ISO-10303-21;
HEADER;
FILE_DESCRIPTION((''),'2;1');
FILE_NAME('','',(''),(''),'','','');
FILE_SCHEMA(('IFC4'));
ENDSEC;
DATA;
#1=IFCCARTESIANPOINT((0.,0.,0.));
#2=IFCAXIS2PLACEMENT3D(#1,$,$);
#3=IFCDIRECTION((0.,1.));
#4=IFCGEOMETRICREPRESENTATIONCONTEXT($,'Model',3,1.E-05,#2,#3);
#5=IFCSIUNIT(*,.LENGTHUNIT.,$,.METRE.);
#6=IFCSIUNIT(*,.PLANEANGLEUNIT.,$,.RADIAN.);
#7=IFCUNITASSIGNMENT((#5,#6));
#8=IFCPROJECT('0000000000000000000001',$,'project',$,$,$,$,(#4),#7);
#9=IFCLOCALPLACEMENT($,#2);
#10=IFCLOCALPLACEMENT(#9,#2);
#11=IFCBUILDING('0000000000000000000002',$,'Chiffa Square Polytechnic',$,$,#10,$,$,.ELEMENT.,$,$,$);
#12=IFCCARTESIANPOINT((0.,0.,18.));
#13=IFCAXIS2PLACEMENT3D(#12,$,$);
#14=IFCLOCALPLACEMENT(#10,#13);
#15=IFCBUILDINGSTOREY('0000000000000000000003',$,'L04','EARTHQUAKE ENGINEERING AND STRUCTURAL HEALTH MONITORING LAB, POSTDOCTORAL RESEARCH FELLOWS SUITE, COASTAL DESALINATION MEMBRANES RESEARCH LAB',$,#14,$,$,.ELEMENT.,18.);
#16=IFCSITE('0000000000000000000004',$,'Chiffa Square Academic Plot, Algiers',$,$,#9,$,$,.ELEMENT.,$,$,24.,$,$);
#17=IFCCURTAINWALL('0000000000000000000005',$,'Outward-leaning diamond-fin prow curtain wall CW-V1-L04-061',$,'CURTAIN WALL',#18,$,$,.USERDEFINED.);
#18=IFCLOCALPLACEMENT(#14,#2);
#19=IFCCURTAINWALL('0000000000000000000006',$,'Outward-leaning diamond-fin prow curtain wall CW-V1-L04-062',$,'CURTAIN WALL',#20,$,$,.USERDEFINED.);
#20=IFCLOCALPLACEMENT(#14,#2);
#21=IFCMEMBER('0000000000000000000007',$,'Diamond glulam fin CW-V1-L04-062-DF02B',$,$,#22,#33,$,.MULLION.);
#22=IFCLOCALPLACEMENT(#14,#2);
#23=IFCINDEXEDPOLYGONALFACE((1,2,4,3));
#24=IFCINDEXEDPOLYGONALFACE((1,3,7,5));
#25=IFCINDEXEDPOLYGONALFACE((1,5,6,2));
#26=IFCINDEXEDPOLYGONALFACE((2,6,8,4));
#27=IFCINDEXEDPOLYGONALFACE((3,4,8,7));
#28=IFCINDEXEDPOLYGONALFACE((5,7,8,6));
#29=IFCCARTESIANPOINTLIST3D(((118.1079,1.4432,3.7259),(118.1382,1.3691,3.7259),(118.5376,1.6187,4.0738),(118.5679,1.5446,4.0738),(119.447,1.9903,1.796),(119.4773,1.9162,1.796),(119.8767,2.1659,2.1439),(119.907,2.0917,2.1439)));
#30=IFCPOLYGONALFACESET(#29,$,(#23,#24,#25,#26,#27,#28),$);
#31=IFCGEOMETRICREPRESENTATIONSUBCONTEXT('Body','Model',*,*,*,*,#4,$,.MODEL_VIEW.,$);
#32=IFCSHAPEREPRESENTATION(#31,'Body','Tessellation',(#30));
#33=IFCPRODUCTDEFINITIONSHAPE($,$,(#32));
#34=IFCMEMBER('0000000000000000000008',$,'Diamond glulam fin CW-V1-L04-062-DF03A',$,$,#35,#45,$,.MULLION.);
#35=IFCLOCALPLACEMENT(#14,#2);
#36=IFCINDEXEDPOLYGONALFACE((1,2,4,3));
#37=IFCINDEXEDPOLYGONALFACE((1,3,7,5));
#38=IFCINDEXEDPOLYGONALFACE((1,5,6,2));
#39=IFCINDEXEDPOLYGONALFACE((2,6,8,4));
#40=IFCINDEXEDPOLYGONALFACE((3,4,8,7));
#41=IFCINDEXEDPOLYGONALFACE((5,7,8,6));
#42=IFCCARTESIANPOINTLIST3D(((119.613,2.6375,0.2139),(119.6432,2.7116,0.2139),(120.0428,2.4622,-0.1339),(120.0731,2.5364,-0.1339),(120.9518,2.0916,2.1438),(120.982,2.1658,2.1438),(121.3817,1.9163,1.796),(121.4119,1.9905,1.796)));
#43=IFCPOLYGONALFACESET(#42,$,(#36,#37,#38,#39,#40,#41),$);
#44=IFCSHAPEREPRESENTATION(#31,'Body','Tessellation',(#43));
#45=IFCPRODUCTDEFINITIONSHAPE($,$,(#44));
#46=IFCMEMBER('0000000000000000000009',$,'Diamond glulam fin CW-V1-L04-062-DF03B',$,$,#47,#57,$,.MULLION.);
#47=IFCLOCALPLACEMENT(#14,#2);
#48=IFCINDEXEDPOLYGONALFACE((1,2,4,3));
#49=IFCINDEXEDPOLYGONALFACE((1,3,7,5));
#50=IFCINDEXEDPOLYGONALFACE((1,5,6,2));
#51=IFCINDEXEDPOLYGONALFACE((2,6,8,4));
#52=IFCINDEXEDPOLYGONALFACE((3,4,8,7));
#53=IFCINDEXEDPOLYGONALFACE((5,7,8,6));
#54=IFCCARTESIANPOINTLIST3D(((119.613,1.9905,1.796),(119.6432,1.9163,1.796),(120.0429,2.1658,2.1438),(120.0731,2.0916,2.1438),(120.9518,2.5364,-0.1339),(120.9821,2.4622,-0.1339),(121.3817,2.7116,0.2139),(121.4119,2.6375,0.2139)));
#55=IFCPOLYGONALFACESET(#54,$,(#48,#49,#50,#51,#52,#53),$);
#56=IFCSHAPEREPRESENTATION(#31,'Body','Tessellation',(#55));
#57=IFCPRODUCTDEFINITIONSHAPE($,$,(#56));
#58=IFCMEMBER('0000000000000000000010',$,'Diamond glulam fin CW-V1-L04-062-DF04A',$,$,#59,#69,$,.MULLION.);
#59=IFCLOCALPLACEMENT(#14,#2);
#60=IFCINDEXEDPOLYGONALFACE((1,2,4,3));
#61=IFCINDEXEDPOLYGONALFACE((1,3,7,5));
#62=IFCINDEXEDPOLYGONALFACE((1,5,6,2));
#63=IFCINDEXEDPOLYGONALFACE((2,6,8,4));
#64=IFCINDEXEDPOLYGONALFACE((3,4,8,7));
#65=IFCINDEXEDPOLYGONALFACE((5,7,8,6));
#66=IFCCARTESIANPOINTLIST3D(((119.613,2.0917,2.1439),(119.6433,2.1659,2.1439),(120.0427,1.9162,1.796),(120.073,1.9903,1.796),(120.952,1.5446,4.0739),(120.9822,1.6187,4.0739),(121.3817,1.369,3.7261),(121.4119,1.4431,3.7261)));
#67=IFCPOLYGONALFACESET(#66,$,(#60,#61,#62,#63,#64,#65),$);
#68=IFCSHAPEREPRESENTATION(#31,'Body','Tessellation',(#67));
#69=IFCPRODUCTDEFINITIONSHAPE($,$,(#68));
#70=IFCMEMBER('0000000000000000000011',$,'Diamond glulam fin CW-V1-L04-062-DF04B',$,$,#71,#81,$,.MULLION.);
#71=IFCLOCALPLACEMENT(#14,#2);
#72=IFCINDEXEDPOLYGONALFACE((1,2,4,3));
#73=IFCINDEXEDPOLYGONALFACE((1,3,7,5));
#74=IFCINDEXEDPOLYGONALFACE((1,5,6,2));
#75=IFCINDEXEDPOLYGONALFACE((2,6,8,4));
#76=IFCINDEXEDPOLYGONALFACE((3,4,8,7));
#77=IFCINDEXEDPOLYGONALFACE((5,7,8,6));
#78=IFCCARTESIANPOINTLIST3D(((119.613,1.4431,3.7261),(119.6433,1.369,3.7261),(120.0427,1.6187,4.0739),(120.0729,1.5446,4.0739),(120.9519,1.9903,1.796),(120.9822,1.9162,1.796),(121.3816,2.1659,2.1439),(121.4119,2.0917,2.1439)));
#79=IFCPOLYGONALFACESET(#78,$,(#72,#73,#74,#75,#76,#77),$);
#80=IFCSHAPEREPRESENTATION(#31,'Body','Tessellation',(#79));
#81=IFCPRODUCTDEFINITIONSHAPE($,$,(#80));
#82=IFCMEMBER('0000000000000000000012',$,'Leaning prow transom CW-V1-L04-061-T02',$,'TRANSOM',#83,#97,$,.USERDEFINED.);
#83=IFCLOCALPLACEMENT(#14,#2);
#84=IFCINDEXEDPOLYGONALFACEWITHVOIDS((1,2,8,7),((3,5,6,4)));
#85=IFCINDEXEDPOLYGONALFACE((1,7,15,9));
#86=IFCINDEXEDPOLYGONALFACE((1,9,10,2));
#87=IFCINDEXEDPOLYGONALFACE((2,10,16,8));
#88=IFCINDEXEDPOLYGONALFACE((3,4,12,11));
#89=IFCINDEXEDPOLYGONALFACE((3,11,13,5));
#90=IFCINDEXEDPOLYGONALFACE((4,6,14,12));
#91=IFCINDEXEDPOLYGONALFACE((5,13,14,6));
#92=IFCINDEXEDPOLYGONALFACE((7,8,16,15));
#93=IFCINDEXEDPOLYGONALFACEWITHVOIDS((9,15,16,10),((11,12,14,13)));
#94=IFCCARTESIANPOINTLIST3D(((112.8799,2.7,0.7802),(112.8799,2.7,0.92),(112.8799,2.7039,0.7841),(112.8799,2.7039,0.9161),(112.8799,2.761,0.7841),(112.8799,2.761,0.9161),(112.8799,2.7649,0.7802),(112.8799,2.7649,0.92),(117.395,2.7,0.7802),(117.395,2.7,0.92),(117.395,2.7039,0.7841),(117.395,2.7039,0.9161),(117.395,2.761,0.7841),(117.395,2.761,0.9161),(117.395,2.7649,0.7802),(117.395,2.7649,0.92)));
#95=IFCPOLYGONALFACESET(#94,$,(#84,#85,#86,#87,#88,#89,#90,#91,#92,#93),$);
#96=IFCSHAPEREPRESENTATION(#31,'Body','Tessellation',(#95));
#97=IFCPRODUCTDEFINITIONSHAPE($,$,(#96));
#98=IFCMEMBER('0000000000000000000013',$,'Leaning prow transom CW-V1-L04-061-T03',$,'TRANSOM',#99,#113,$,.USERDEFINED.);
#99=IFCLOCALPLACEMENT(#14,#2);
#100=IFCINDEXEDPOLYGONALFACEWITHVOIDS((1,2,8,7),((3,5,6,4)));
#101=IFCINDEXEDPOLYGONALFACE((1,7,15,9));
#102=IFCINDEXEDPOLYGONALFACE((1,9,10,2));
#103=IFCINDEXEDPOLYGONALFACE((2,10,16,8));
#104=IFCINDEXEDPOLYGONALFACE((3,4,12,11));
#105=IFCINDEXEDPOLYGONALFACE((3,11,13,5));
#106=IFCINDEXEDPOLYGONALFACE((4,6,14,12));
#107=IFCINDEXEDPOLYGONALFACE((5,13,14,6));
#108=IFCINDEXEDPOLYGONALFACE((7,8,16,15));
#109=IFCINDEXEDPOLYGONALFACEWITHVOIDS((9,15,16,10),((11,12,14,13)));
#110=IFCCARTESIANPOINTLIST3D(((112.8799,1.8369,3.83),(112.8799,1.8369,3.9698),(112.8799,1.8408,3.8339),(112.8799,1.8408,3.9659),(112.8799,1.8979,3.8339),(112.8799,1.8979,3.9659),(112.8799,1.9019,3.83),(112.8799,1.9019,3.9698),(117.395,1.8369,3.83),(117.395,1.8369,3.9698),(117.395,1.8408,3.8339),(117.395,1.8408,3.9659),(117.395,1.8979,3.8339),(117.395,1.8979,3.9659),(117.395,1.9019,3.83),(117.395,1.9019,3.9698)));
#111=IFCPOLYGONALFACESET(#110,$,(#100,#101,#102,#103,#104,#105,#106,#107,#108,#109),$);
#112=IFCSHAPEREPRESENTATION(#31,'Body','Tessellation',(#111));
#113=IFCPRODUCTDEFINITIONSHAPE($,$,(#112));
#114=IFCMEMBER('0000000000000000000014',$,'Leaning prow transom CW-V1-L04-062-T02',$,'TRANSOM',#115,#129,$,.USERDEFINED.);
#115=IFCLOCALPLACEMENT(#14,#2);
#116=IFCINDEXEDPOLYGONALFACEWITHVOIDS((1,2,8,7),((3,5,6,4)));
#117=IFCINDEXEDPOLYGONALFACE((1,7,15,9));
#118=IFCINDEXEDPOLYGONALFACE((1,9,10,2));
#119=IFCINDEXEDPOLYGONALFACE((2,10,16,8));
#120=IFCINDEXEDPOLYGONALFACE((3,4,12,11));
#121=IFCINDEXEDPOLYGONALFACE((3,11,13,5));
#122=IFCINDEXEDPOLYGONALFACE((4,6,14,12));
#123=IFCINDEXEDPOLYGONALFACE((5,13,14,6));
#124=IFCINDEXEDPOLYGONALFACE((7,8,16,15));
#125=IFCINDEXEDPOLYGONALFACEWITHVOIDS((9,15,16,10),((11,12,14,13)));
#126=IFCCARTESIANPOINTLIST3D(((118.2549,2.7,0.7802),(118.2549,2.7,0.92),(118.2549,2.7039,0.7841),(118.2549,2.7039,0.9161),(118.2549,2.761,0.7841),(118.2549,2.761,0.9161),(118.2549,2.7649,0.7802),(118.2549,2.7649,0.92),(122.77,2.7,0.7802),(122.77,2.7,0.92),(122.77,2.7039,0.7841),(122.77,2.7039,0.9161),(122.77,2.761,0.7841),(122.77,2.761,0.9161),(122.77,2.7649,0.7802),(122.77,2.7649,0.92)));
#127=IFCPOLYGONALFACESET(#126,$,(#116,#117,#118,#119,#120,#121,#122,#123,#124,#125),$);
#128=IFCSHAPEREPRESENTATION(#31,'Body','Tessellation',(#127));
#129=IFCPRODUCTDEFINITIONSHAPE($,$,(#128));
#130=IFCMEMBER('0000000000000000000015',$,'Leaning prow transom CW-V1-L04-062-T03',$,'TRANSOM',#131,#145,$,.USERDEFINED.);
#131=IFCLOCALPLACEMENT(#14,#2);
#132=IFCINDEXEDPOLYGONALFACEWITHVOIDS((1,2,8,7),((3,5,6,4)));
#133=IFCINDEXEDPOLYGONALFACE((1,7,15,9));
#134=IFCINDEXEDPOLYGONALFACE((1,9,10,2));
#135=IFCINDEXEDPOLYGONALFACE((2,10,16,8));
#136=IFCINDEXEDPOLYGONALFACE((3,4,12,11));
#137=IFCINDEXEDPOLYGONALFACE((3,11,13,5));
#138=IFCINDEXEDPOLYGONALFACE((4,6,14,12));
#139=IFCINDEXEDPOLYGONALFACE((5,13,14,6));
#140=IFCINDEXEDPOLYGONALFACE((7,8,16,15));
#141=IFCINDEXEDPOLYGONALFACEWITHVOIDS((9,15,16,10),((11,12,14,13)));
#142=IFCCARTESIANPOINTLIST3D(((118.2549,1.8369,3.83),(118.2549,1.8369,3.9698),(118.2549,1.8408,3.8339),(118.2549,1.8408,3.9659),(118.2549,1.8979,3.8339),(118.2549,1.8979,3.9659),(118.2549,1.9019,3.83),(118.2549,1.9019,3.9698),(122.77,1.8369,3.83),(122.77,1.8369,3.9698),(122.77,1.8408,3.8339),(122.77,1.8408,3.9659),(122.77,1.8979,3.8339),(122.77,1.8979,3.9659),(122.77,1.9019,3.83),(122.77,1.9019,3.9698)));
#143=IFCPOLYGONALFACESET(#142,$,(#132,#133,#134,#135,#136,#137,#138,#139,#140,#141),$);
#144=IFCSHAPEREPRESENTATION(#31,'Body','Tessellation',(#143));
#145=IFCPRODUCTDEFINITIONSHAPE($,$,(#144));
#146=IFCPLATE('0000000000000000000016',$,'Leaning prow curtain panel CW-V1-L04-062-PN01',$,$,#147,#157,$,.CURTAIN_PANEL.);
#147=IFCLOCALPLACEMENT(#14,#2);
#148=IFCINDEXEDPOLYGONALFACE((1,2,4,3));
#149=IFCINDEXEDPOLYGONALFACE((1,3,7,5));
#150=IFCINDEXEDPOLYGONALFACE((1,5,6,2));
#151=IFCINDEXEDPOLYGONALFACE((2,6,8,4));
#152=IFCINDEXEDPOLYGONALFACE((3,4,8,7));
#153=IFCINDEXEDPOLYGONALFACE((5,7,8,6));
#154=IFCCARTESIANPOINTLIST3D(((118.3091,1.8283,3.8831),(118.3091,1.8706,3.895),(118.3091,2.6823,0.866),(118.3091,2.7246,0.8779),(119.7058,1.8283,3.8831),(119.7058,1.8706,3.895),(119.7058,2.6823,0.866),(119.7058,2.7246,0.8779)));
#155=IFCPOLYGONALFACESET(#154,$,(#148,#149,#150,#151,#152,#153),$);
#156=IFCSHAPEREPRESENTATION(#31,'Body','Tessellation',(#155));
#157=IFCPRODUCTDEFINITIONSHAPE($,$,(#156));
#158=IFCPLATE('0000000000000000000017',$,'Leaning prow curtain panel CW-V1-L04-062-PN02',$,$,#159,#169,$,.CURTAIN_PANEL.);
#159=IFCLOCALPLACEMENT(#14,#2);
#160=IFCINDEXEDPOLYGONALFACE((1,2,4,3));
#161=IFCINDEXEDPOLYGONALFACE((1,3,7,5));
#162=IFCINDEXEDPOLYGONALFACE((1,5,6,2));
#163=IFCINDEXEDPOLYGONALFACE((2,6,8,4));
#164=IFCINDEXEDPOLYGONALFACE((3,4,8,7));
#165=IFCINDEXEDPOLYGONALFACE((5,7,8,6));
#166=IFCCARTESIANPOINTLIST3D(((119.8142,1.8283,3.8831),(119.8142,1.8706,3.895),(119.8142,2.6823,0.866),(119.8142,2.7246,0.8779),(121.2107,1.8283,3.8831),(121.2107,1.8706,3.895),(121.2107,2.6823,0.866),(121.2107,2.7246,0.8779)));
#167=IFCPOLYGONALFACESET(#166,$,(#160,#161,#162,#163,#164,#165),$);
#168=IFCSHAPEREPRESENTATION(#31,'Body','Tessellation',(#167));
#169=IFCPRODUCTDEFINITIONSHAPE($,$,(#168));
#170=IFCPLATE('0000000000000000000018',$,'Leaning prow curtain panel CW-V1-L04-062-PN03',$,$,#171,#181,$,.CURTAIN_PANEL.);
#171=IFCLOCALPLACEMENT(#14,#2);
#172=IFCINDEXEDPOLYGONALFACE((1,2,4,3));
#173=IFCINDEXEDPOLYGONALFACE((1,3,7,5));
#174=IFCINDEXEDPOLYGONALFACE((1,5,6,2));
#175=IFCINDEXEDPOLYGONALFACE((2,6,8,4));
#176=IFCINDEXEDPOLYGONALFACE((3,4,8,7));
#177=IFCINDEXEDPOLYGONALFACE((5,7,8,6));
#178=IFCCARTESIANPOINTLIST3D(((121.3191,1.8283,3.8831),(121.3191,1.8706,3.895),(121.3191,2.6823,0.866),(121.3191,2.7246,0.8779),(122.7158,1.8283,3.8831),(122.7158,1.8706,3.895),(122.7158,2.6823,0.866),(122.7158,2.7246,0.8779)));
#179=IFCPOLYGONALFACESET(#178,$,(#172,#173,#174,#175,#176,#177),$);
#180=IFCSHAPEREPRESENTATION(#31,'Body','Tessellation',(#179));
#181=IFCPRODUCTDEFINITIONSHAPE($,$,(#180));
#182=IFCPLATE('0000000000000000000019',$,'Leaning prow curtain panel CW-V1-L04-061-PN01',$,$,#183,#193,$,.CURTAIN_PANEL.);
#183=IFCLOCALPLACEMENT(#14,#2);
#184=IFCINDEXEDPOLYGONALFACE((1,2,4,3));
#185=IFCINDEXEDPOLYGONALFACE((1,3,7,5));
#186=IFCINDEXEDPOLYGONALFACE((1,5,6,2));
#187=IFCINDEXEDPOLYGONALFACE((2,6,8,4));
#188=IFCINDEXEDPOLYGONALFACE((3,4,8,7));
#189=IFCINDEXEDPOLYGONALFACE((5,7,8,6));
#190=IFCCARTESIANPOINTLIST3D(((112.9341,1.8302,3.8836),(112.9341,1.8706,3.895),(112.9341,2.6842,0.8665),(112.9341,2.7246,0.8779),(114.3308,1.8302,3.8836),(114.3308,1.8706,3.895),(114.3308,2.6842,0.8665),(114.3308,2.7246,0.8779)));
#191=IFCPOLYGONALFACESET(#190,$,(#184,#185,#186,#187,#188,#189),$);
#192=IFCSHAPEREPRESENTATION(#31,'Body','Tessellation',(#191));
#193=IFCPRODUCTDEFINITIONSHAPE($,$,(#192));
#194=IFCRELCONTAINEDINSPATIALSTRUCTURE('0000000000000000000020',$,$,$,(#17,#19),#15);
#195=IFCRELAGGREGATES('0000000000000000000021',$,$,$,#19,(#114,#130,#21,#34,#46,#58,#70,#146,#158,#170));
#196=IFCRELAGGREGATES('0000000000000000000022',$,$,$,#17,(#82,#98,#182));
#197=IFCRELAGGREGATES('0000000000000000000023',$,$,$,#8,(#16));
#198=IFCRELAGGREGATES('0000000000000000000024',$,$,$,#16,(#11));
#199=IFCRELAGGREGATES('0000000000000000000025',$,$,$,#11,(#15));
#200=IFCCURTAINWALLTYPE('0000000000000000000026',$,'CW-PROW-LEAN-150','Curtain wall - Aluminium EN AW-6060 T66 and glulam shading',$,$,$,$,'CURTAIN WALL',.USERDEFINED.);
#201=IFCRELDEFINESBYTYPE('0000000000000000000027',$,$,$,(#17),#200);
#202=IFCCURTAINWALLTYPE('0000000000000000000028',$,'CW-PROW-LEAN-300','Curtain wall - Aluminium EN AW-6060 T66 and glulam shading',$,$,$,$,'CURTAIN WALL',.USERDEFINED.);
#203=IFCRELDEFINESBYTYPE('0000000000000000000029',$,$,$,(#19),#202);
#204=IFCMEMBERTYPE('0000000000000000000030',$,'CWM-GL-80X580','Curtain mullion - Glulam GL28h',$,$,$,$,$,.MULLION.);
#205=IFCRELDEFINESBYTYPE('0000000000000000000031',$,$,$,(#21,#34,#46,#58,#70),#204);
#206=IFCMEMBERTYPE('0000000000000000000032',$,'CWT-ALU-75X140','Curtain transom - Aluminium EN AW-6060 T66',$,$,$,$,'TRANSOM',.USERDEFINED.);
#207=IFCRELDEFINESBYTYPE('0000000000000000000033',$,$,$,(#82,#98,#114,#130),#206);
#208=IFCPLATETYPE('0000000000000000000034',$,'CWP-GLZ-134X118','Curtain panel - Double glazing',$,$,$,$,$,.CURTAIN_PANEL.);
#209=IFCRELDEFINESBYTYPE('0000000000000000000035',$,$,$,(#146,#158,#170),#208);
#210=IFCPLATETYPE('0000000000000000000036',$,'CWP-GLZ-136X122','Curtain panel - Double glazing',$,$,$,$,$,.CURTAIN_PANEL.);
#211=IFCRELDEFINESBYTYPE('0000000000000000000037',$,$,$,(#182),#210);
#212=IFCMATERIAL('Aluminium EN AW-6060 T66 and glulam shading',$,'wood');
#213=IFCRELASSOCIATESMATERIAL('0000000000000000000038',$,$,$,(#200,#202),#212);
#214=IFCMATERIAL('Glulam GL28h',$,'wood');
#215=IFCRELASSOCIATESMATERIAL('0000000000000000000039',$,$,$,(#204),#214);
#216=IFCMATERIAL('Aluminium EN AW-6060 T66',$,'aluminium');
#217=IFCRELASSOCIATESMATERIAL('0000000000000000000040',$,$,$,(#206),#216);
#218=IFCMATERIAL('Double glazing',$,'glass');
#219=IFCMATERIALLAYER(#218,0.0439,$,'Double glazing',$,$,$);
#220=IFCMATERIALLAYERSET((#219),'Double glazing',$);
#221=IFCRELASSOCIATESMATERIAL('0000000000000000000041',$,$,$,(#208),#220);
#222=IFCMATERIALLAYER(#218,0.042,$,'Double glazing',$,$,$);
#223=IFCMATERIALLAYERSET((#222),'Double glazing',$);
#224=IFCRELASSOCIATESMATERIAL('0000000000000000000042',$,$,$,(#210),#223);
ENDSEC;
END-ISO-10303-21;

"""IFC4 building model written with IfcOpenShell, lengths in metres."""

from ifc_helpers import new_model, si_unit, direction, frame, origin, origin_2d, place, context, subcontext, project, spatial, polyline, rectangle, hollow_rectangle, outline, extrude, material, layer, layer_set, material_profile, profile_set, type_object, element, aggregate, save


model = new_model("IFC4")

# Units and contexts
model_context = context("Model", 3, precision=1e-05, world=origin(), true_north=direction((0.0, 1.0)))
body_context = subcontext(model_context, "Body", "Model", "MODEL_VIEW")
ifc_project = project(units=[si_unit("LENGTHUNIT", "METRE"), si_unit("PLANEANGLEUNIT", "RADIAN")], contexts=[model_context])

# Site, building, storey
site_placement = place(None, origin())
site = spatial("IfcSite", under=ifc_project, at=site_placement, Name="Chiffa Square Academic Plot, Algiers", CompositionType="ELEMENT", RefElevation=24.0)
building_placement = place(site_placement, origin())
building = spatial("IfcBuilding", under=site, at=building_placement, Name="Chiffa Square Polytechnic", CompositionType="ELEMENT")
storey_placement = place(building_placement, frame((0.0, 0.0, 18.0)))
storey = spatial("IfcBuildingStorey", under=building, at=storey_placement, Name="L04", Description="EARTHQUAKE ENGINEERING AND STRUCTURAL HEALTH MONITORING LAB, POSTDOCTORAL RESEARCH FELLOWS SUITE, COASTAL DESALINATION MEMBRANES RESEARCH LAB", CompositionType="ELEMENT", Elevation=18.0)

# Curtain walls, members
ifc_material_1 = material(Name="Aluminium EN AW-6060 T66 and glulam shading", Category="wood")
curtain_wall_type_1 = type_object("IfcCurtainWallType", Name="CW-PROW-LEAN-150", Description="Curtain wall - Aluminium EN AW-6060 T66 and glulam shading", ElementType="CURTAIN WALL", PredefinedType="USERDEFINED", material=ifc_material_1)
curtain_wall_1_placement = place(storey_placement, origin())
curtain_wall_1 = element("IfcCurtainWall", 1, at=curtain_wall_1_placement, inside=storey, type_object=curtain_wall_type_1, Name="Outward-leaning diamond-fin prow curtain wall CW-V1-L04-061", ObjectType="CURTAIN WALL", PredefinedType="USERDEFINED")
ifc_material_2 = material(Name="Glulam GL28h", Category="wood")
ifc_material_profile_1 = material_profile(ifc_material_2, rectangle(XDim=0.0801, YDim=0.5801, at=origin_2d()), Name="GL28h 80x580")
ifc_profile_set_1 = profile_set([ifc_material_profile_1], Name="Glulam GL28h")
member_type_1 = type_object("IfcMemberType", Name="CWM-GL-80X580", Description="Curtain mullion - Glulam GL28h", PredefinedType="MULLION", material=ifc_profile_set_1)
curtain_wall_type_2 = type_object("IfcCurtainWallType", Name="CW-PROW-LEAN-300", Description="Curtain wall - Aluminium EN AW-6060 T66 and glulam shading", ElementType="CURTAIN WALL", PredefinedType="USERDEFINED", material=ifc_material_1)
curtain_wall_2_placement = place(storey_placement, origin())
curtain_wall_2 = element("IfcCurtainWall", 2, at=curtain_wall_2_placement, inside=storey, type_object=curtain_wall_type_2, Name="Outward-leaning diamond-fin prow curtain wall CW-V1-L04-062", ObjectType="CURTAIN WALL", PredefinedType="USERDEFINED")
member_1_placement = place(storey_placement, frame((119.677, 2.041, 1.97), z_axis=(-0.555213, -0.226843, 0.800175), x_axis=(0.378219, -0.925716, 0.0)))
member_1 = element("IfcMember", 3, at=member_1_placement, type_object=member_type_1, Name="Diamond glulam fin CW-V1-L04-062-DF02B", PredefinedType="MULLION", context=body_context, shape_type="SweptSolid", body=[
    extrude(rectangle(XDim=0.0801, YDim=0.5801, at=origin_2d()), origin(), (0.0, 0.0, 1.0), 2.4119),
])
member_2_placement = place(storey_placement, frame((119.843, 2.5869, 0.04), z_axis=(0.555207, -0.226375, 0.800312), x_axis=(0.377554, 0.925987, 0.0)))
member_2 = element("IfcMember", 4, at=member_2_placement, type_object=member_type_1, Name="Diamond glulam fin CW-V1-L04-062-DF03A", PredefinedType="MULLION", context=body_context, shape_type="SweptSolid", body=[
    extrude(rectangle(XDim=0.0801, YDim=0.5801, at=origin_2d()), origin(), (0.0, 0.0, 1.0), 2.4114),
])
member_3_placement = place(storey_placement, frame((121.1819, 2.5869, 0.04), z_axis=(-0.555207, -0.226375, 0.800312), x_axis=(0.377554, -0.925987, 0.0)))
member_3 = element("IfcMember", 5, at=member_3_placement, type_object=member_type_1, Name="Diamond glulam fin CW-V1-L04-062-DF03B", PredefinedType="MULLION", context=body_context, shape_type="SweptSolid", body=[
    extrude(rectangle(XDim=0.0801, YDim=0.5801, at=origin_2d()), origin(), (0.0, 0.0, 1.0), 2.4114),
])
member_4_placement = place(storey_placement, frame((119.843, 2.041, 1.97), z_axis=(0.555143, -0.226856, 0.80022), x_axis=(0.378278, 0.925692, 0.0)))
member_4 = element("IfcMember", 6, at=member_4_placement, type_object=member_type_1, Name="Diamond glulam fin CW-V1-L04-062-DF04A", PredefinedType="MULLION", context=body_context, shape_type="SweptSolid", body=[
    extrude(rectangle(XDim=0.0801, YDim=0.5801, at=origin_2d()), origin(), (0.0, 0.0, 1.0), 2.4119),
])
member_5_placement = place(storey_placement, frame((121.1819, 2.041, 1.97), z_axis=(-0.555143, -0.226856, 0.80022), x_axis=(0.378278, -0.925692, 0.0)))
member_5 = element("IfcMember", 7, at=member_5_placement, type_object=member_type_1, Name="Diamond glulam fin CW-V1-L04-062-DF04B", PredefinedType="MULLION", context=body_context, shape_type="SweptSolid", body=[
    extrude(rectangle(XDim=0.0801, YDim=0.5801, at=origin_2d()), origin(), (0.0, 0.0, 1.0), 2.4119),
])

# Members
ifc_material_3 = material(Name="Aluminium EN AW-6060 T66", Category="aluminium")
ifc_material_profile_2 = material_profile(ifc_material_3, hollow_rectangle(XDim=0.0649, YDim=0.1399, WallThickness=0.0039, at=origin_2d()), Name="ALU 65x140x4")
ifc_profile_set_2 = profile_set([ifc_material_profile_2], Name="Aluminium EN AW-6060 T66")
member_type_2 = type_object("IfcMemberType", Name="CWT-ALU-75X140", Description="Curtain transom - Aluminium EN AW-6060 T66", ElementType="TRANSOM", PredefinedType="USERDEFINED", material=ifc_profile_set_2)
member_6_placement = place(storey_placement, frame((112.8799, 2.7324, 0.8501), z_axis=(1.0, 0.0, 0.0), x_axis=(0.0, 1.0, 0.0)))
member_6 = element("IfcMember", 8, at=member_6_placement, type_object=member_type_2, Name="Leaning prow transom CW-V1-L04-061-T02", ObjectType="TRANSOM", PredefinedType="USERDEFINED", context=body_context, shape_type="SweptSolid", body=[
    extrude(hollow_rectangle(XDim=0.0649, YDim=0.1399, WallThickness=0.0039, at=origin_2d()), origin(), (0.0, 0.0, 1.0), 4.5151),
])
member_7_placement = place(storey_placement, frame((112.8799, 1.8694, 3.8999), z_axis=(1.0, 0.0, 0.0), x_axis=(0.0, 1.0, 0.0)))
member_7 = element("IfcMember", 9, at=member_7_placement, type_object=member_type_2, Name="Leaning prow transom CW-V1-L04-061-T03", ObjectType="TRANSOM", PredefinedType="USERDEFINED", context=body_context, shape_type="SweptSolid", body=[
    extrude(hollow_rectangle(XDim=0.0649, YDim=0.1399, WallThickness=0.0039, at=origin_2d()), origin(), (0.0, 0.0, 1.0), 4.5151),
])
member_8_placement = place(storey_placement, frame((118.2549, 2.7324, 0.8501), z_axis=(1.0, 0.0, 0.0), x_axis=(0.0, 1.0, 0.0)))
member_8 = element("IfcMember", 10, at=member_8_placement, type_object=member_type_2, Name="Leaning prow transom CW-V1-L04-062-T02", ObjectType="TRANSOM", PredefinedType="USERDEFINED", context=body_context, shape_type="SweptSolid", body=[
    extrude(hollow_rectangle(XDim=0.0649, YDim=0.1399, WallThickness=0.0039, at=origin_2d()), origin(), (0.0, 0.0, 1.0), 4.5151),
])
member_9_placement = place(storey_placement, frame((118.2549, 1.8694, 3.8999), z_axis=(1.0, 0.0, 0.0), x_axis=(0.0, 1.0, 0.0)))
member_9 = element("IfcMember", 11, at=member_9_placement, type_object=member_type_2, Name="Leaning prow transom CW-V1-L04-062-T03", ObjectType="TRANSOM", PredefinedType="USERDEFINED", context=body_context, shape_type="SweptSolid", body=[
    extrude(hollow_rectangle(XDim=0.0649, YDim=0.1399, WallThickness=0.0039, at=origin_2d()), origin(), (0.0, 0.0, 1.0), 4.5151),
])

# Plates
ifc_material_4 = material(Name="Double glazing", Category="glass")
ifc_layer_1 = layer(ifc_material_4, 0.0439, Name="Double glazing")
ifc_layer_set_1 = layer_set([ifc_layer_1], Name="Double glazing")
plate_type_1 = type_object("IfcPlateType", Name="CWP-GLZ-134X118", Description="Curtain panel - Double glazing", PredefinedType="CURTAIN_PANEL", material=ifc_layer_set_1)
plate_1_placement = place(storey_placement, frame((118.3091, 2.7246, 0.8779), z_axis=(0.0, 0.962197, 0.272355), x_axis=(1.0, 0.0, 0.0)))
plate_1 = element("IfcPlate", 12, at=plate_1_placement, type_object=plate_type_1, Name="Leaning prow curtain panel CW-V1-L04-062-PN01", PredefinedType="CURTAIN_PANEL", context=body_context, shape_type="SweptSolid", body=[
    extrude(outline(polyline([(0.0, 0.0), (1.3967, 0.0), (1.3967, -3.1356), (0.0, -3.1356), (0.0, 0.0)])), origin(), (0.0, 0.0, -1.0), 0.0439),
])
plate_2_placement = place(storey_placement, frame((119.8142, 2.7246, 0.8779), z_axis=(0.0, 0.962197, 0.272355), x_axis=(1.0, 0.0, 0.0)))
plate_2 = element("IfcPlate", 13, at=plate_2_placement, type_object=plate_type_1, Name="Leaning prow curtain panel CW-V1-L04-062-PN02", PredefinedType="CURTAIN_PANEL", context=body_context, shape_type="SweptSolid", body=[
    extrude(outline(polyline([(0.0, 0.0), (1.3965, 0.0), (1.3965, -3.1356), (0.0, -3.1356), (0.0, 0.0)])), origin(), (0.0, 0.0, -1.0), 0.0439),
])
plate_3_placement = place(storey_placement, frame((121.3191, 2.7246, 0.8779), z_axis=(0.0, 0.962197, 0.272355), x_axis=(1.0, 0.0, 0.0)))
plate_3 = element("IfcPlate", 14, at=plate_3_placement, type_object=plate_type_1, Name="Leaning prow curtain panel CW-V1-L04-062-PN03", PredefinedType="CURTAIN_PANEL", context=body_context, shape_type="SweptSolid", body=[
    extrude(outline(polyline([(0.0, 0.0), (1.3967, 0.0), (1.3967, -3.1356), (0.0, -3.1356), (0.0, 0.0)])), origin(), (0.0, 0.0, -1.0), 0.0439),
])
aggregate(curtain_wall_2, [member_8, member_9, member_1, member_2, member_3, member_4, member_5, plate_1, plate_2, plate_3])
ifc_layer_2 = layer(ifc_material_4, 0.042, Name="Double glazing")
ifc_layer_set_2 = layer_set([ifc_layer_2], Name="Double glazing")
plate_type_2 = type_object("IfcPlateType", Name="CWP-GLZ-136X122", Description="Curtain panel - Double glazing", PredefinedType="CURTAIN_PANEL", material=ifc_layer_set_2)
plate_4_placement = place(storey_placement, frame((112.9341, 2.7246, 0.8779), z_axis=(0.0, 0.962197, 0.272355), x_axis=(1.0, 0.0, 0.0)))
plate_4 = element("IfcPlate", 15, at=plate_4_placement, type_object=plate_type_2, Name="Leaning prow curtain panel CW-V1-L04-061-PN01", PredefinedType="CURTAIN_PANEL", context=body_context, shape_type="SweptSolid", body=[
    extrude(outline(polyline([(0.0, 0.0), (1.3967, 0.0), (1.3967, -3.1356), (0.0, -3.1356), (0.0, 0.0)])), origin(), (0.0, 0.0, -1.0), 0.042),
])
aggregate(curtain_wall_1, [member_6, member_7, plate_4])

save(model, "model.ifc")
